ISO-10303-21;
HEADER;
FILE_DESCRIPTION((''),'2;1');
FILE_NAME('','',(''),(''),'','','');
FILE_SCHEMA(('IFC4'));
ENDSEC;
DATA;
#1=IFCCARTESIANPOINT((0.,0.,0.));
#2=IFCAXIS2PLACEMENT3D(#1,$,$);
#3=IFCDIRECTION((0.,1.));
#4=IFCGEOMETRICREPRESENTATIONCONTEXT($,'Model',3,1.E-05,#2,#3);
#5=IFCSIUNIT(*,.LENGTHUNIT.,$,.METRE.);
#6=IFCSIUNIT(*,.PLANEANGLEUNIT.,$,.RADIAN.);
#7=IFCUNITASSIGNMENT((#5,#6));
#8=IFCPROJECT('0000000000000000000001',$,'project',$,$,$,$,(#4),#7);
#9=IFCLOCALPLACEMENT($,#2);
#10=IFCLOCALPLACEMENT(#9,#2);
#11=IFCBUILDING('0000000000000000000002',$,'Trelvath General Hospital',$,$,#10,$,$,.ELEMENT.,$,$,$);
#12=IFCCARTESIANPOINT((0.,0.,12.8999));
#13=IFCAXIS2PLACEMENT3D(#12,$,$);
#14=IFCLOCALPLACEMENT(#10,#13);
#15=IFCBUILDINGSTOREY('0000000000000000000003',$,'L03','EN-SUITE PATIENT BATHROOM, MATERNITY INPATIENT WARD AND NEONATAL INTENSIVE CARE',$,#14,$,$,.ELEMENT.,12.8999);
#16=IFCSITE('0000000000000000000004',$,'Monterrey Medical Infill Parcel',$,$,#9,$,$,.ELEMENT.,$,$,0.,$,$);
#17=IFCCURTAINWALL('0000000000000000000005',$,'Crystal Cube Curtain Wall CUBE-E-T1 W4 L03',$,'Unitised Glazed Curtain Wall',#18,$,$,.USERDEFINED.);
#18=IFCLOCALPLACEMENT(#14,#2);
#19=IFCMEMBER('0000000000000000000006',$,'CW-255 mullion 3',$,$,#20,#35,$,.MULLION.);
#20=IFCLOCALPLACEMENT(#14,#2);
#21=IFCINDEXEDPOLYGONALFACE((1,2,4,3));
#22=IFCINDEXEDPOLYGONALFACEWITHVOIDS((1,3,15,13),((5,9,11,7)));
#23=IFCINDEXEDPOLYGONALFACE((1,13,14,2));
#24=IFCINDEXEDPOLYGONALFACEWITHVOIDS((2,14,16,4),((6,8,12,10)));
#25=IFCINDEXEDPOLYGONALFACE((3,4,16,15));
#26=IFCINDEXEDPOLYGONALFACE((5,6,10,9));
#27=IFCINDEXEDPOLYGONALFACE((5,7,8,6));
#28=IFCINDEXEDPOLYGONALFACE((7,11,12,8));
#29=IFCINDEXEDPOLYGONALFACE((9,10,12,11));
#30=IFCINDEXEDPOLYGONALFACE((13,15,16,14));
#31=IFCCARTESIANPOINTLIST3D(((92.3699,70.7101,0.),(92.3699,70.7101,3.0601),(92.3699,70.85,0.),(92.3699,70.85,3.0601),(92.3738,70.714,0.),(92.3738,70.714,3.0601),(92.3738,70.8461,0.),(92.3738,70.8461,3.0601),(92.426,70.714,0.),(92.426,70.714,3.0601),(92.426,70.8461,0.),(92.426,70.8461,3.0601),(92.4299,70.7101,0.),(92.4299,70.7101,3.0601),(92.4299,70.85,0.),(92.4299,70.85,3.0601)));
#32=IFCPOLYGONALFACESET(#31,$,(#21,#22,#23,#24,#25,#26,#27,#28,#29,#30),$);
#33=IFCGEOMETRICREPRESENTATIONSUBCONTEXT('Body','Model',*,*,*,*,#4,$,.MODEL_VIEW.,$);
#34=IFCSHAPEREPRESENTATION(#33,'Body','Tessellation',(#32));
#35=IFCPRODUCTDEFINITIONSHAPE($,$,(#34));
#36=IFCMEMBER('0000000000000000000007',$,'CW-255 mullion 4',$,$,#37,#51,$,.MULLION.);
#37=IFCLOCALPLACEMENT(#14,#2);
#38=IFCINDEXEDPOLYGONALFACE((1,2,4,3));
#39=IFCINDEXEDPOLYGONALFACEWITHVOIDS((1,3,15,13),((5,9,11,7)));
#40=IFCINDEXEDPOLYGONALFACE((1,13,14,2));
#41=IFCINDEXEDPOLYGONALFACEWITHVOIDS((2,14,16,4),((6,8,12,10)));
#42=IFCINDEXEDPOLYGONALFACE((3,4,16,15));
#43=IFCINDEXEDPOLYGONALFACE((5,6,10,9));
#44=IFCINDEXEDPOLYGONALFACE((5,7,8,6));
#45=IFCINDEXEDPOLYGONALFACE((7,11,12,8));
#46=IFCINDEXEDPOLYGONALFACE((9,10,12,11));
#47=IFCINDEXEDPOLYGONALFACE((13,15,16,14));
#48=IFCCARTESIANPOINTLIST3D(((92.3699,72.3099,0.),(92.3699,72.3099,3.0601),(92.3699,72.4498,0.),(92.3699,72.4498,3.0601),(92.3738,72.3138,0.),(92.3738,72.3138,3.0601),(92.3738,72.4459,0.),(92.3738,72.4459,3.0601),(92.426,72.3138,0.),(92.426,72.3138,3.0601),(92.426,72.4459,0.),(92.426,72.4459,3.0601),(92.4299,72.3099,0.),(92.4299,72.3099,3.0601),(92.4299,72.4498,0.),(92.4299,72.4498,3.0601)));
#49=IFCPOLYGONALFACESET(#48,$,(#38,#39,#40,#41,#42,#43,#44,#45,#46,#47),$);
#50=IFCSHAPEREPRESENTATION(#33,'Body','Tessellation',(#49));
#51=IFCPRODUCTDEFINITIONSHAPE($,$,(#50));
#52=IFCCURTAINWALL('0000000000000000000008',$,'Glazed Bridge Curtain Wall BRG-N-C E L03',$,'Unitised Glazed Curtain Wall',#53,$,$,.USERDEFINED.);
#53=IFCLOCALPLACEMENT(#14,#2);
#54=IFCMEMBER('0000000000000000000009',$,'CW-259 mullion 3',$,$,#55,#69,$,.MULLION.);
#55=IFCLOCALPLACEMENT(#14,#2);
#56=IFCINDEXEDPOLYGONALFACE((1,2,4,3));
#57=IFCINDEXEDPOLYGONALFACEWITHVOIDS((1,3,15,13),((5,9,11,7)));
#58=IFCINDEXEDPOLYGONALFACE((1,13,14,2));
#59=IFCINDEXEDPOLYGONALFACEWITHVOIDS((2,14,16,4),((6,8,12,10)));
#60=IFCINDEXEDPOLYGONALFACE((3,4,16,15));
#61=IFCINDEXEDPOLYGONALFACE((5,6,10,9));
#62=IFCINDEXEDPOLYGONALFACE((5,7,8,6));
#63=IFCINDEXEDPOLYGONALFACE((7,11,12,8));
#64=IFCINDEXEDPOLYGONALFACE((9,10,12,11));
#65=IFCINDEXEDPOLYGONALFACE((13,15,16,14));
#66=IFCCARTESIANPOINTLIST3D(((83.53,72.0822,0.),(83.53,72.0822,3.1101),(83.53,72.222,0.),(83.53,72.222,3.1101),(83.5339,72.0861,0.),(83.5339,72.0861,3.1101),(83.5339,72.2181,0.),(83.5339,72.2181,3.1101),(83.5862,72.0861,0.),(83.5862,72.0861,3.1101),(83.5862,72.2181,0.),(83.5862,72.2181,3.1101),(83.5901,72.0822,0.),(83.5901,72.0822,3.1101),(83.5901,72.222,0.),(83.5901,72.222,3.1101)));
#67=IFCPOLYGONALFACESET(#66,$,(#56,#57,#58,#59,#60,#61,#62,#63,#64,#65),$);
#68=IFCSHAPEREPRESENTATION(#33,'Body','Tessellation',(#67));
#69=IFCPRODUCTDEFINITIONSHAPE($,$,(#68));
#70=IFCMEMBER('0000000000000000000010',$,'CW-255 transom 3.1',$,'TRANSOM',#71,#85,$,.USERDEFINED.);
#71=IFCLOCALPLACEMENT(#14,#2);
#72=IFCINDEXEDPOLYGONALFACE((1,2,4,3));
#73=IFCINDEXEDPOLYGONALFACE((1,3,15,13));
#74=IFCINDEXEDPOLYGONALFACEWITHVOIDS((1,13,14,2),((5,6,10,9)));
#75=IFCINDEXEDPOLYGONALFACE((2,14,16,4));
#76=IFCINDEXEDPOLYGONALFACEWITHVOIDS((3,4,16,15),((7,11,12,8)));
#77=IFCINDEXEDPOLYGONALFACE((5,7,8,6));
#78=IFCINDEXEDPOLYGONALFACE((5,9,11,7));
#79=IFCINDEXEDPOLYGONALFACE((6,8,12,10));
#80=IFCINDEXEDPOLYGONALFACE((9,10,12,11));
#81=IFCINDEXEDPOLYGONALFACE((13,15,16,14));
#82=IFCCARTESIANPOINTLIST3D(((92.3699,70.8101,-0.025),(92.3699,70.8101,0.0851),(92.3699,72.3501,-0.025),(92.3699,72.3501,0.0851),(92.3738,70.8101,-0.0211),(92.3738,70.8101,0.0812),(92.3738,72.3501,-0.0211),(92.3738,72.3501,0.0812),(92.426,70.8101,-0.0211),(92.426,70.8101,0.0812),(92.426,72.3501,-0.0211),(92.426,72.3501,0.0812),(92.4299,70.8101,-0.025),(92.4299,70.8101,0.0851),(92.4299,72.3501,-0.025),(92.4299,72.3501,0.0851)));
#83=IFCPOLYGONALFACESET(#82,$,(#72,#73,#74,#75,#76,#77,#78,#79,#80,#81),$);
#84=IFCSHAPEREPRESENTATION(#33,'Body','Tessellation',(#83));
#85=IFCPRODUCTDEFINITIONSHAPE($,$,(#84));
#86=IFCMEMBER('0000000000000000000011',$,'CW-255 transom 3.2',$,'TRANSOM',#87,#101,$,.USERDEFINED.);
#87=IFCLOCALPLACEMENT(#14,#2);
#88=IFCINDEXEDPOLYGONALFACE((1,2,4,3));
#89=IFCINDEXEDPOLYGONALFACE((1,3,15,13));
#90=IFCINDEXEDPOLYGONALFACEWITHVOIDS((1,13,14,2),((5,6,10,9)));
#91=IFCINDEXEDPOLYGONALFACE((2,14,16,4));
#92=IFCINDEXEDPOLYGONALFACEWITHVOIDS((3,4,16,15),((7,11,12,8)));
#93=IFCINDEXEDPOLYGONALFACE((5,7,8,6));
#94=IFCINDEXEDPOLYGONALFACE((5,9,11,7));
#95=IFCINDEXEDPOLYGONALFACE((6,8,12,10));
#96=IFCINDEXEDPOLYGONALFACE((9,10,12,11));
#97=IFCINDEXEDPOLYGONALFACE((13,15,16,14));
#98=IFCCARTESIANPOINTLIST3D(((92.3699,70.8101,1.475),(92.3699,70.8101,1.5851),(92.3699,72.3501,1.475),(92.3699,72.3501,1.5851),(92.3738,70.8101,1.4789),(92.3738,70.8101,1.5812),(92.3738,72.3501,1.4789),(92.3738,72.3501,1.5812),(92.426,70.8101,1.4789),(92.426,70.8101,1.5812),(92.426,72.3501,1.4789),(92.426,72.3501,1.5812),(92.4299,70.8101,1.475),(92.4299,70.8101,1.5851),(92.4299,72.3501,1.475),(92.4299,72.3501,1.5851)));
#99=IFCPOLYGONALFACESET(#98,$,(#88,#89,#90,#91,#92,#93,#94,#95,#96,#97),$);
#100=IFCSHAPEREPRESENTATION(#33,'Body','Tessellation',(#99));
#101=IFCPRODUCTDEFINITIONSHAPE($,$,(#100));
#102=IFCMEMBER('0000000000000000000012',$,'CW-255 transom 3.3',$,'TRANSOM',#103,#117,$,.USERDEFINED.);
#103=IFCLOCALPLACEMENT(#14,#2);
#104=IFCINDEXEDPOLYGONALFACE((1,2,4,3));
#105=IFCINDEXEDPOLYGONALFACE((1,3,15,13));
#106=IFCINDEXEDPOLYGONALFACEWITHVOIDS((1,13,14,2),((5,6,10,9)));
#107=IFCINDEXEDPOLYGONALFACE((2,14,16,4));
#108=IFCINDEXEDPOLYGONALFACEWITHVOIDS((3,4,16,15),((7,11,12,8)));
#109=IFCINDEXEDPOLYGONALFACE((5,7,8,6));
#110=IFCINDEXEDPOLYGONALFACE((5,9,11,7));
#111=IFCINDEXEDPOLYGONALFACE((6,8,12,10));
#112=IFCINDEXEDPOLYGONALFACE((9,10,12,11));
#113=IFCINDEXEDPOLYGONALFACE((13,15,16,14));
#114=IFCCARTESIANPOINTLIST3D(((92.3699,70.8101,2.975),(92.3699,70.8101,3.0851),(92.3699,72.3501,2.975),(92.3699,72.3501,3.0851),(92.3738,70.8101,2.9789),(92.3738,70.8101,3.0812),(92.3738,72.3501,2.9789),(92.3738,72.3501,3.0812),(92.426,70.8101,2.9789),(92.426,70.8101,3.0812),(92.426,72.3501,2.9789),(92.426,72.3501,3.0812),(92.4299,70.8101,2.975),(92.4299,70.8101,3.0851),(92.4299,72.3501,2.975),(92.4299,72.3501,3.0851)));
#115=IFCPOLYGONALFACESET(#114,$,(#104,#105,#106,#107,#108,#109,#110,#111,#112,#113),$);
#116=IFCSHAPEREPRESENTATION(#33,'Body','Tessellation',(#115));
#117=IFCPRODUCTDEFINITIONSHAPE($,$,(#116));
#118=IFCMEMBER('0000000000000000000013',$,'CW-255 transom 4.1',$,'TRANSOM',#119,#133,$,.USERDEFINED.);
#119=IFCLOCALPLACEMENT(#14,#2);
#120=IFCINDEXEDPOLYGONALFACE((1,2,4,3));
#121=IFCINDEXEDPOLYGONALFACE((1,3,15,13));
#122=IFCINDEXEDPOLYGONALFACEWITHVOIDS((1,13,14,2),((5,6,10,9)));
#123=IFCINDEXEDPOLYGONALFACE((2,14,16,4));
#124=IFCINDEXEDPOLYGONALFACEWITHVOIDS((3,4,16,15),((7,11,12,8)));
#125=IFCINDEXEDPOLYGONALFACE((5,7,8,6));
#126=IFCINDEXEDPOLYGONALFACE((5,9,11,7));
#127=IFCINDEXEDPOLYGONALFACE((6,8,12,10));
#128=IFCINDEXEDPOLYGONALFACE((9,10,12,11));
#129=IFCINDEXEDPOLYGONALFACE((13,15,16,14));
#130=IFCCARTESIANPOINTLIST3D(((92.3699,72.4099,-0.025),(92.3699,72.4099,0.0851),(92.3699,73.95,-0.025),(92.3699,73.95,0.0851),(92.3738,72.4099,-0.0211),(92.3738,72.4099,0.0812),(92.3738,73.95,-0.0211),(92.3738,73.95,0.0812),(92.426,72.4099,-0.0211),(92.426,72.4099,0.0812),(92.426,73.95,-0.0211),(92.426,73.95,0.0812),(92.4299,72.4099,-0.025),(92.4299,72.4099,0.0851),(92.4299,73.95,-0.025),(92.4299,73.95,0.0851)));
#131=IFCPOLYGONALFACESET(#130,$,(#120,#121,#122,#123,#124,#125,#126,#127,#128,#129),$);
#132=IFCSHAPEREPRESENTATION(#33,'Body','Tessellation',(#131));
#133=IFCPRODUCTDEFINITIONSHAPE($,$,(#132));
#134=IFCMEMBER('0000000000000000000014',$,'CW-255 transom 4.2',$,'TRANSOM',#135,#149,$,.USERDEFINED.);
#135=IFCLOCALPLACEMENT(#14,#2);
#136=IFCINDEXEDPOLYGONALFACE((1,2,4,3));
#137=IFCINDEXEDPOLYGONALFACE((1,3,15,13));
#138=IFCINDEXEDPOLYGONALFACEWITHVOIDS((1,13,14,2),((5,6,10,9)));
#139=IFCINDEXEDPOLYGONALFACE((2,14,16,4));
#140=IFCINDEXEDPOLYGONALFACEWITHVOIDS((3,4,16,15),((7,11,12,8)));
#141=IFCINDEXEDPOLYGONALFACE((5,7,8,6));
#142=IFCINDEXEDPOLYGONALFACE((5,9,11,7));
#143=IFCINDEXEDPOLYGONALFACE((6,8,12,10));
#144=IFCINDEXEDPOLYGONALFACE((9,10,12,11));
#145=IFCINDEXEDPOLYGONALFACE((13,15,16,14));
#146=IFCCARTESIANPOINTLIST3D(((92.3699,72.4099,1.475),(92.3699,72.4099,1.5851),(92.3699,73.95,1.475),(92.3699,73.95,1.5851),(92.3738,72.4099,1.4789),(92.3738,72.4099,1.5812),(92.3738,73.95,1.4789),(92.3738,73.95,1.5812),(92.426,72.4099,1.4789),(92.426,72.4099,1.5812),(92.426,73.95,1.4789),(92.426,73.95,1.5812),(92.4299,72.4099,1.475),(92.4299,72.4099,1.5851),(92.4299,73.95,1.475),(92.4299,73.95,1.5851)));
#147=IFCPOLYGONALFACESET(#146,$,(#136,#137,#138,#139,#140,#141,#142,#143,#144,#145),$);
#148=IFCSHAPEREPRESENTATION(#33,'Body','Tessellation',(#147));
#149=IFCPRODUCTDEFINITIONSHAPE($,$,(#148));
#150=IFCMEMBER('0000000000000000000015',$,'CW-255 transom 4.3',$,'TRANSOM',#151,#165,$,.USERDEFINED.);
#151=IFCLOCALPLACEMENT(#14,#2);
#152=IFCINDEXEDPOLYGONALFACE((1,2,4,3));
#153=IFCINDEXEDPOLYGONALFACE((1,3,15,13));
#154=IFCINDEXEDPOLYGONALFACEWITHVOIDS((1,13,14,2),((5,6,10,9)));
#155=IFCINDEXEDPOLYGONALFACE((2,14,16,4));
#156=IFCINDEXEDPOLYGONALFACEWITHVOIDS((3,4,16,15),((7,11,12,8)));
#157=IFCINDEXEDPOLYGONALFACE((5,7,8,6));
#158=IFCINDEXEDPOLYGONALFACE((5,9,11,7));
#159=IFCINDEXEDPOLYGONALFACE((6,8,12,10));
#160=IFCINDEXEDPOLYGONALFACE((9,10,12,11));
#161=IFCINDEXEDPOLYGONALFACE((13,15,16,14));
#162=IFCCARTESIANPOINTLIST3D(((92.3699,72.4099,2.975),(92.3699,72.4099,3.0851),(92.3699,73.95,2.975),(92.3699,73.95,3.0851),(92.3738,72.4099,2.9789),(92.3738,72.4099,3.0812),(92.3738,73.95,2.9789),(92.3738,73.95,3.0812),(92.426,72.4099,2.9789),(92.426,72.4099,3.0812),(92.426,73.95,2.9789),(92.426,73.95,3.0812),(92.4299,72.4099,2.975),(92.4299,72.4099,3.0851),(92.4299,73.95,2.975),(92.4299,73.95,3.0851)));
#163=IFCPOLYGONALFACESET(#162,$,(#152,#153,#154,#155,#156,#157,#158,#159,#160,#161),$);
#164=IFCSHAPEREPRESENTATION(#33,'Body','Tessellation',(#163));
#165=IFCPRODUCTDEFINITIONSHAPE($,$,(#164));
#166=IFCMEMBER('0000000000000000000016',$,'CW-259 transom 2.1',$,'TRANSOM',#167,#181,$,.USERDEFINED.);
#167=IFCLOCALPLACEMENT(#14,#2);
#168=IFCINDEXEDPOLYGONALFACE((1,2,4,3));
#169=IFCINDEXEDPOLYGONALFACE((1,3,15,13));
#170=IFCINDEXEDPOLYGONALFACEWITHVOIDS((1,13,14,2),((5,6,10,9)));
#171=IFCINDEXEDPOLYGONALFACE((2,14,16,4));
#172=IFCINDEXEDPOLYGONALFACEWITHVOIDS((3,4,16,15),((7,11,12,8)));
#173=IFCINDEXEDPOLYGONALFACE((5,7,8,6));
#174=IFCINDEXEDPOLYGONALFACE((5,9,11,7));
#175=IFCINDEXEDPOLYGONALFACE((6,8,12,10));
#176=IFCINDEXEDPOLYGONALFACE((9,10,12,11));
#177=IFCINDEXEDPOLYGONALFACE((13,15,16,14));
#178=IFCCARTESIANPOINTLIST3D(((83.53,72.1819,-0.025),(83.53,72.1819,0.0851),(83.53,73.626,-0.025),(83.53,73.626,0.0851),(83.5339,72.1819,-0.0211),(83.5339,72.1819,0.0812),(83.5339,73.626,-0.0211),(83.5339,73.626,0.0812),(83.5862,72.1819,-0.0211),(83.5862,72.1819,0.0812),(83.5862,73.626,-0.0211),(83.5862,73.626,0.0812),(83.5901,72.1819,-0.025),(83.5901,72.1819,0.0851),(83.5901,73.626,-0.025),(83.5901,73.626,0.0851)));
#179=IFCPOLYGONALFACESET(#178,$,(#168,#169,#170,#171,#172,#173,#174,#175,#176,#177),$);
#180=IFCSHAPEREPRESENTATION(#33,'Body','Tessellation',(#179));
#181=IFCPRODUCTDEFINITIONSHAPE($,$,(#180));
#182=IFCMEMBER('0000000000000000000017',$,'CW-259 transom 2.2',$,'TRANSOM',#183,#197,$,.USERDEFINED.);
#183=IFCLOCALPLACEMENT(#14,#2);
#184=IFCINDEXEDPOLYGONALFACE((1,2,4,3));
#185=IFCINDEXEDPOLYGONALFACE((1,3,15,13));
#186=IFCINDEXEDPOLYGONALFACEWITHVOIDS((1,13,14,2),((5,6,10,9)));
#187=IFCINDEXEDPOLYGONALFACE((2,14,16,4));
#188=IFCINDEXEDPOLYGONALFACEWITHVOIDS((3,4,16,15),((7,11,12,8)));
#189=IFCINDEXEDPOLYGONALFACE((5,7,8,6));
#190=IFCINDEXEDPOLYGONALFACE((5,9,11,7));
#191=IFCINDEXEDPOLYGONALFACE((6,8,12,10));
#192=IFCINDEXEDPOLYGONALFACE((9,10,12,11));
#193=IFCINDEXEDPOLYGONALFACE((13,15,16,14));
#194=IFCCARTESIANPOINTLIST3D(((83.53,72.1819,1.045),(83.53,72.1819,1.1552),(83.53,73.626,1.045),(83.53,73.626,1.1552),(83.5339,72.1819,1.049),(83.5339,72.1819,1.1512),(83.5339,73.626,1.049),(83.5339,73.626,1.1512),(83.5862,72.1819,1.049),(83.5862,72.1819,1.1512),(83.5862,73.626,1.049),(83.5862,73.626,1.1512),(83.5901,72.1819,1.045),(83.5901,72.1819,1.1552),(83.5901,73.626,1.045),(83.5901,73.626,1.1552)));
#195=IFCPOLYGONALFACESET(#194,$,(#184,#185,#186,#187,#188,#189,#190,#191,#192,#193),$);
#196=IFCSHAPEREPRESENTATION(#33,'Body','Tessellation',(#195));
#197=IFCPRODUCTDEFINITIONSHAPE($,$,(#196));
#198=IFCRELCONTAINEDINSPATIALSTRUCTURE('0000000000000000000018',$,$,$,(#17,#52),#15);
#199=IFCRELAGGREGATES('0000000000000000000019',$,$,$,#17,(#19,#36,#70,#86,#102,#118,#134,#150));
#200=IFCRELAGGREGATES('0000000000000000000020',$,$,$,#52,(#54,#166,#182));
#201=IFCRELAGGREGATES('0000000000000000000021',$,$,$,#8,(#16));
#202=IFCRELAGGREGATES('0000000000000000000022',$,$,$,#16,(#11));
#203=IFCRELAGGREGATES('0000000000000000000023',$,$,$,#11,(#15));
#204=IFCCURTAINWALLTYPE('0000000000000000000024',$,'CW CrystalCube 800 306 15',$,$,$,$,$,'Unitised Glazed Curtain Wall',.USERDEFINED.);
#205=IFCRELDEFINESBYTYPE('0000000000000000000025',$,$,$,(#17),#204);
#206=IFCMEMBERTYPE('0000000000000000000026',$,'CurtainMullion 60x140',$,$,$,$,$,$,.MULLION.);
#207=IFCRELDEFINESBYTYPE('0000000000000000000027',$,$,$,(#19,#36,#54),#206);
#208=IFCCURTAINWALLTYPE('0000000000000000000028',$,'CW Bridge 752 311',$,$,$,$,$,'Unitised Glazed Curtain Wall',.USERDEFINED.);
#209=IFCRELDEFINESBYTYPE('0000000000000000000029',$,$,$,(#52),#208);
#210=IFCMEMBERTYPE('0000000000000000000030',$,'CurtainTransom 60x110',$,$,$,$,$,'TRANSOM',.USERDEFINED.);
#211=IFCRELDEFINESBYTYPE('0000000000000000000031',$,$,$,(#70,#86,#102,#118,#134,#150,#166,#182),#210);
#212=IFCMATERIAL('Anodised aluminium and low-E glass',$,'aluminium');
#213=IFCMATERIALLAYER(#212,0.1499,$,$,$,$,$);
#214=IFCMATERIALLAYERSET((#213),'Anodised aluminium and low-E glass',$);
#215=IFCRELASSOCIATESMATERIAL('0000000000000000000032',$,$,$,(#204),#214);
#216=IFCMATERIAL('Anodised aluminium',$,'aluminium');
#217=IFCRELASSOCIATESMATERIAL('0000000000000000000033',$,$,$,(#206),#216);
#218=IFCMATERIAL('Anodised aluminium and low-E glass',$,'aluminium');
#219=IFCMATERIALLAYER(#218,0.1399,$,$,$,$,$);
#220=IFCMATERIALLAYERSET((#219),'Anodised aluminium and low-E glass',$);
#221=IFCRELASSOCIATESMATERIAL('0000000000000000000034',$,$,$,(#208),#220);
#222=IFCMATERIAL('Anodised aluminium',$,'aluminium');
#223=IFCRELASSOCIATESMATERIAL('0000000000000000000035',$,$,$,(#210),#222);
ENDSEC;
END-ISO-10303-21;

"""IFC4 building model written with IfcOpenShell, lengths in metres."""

from ifc_helpers import new_model, si_unit, direction, frame, origin, origin_2d, place, context, subcontext, project, spatial, hollow_rectangle, extrude, material, layer, layer_set, material_profile, profile_set, type_object, element, aggregate, save


model = new_model("IFC4")

# Units and contexts
model_context = context("Model", 3, precision=1e-05, world=origin(), true_north=direction((0.0, 1.0)))
body_context = subcontext(model_context, "Body", "Model", "MODEL_VIEW")
ifc_project = project(units=[si_unit("LENGTHUNIT", "METRE"), si_unit("PLANEANGLEUNIT", "RADIAN")], contexts=[model_context])

# Site, building, storey
site_placement = place(None, origin())
site = spatial("IfcSite", under=ifc_project, at=site_placement, Name="Monterrey Medical Infill Parcel", CompositionType="ELEMENT", RefElevation=0.0)
building_placement = place(site_placement, origin())
building = spatial("IfcBuilding", under=site, at=building_placement, Name="Trelvath General Hospital", CompositionType="ELEMENT")
storey_placement = place(building_placement, frame((0.0, 0.0, 12.8999)))
storey = spatial("IfcBuildingStorey", under=building, at=storey_placement, Name="L03", Description="EN-SUITE PATIENT BATHROOM, MATERNITY INPATIENT WARD AND NEONATAL INTENSIVE CARE", CompositionType="ELEMENT", Elevation=12.8999)

# Curtain wall, members
ifc_material_1 = material(Name="Anodised aluminium and low-E glass", Category="aluminium")
ifc_layer_1 = layer(ifc_material_1, 0.1499)
ifc_layer_set_1 = layer_set([ifc_layer_1], Name="Anodised aluminium and low-E glass")
curtain_wall_type_1 = type_object("IfcCurtainWallType", Name="CW CrystalCube 800 306 15", ElementType="Unitised Glazed Curtain Wall", PredefinedType="USERDEFINED", material=ifc_layer_set_1)
curtain_wall_1_placement = place(storey_placement, origin())
curtain_wall_1 = element("IfcCurtainWall", 1, at=curtain_wall_1_placement, inside=storey, type_object=curtain_wall_type_1, Name="Crystal Cube Curtain Wall CUBE-E-T1 W4 L03", ObjectType="Unitised Glazed Curtain Wall", PredefinedType="USERDEFINED")
ifc_material_2 = material(Name="Anodised aluminium", Category="aluminium")
ifc_material_profile_1 = material_profile(ifc_material_2, hollow_rectangle(XDim=0.0601, YDim=0.1399, WallThickness=0.0039, at=origin_2d()), Name="RHS60x140x4")
ifc_profile_set_1 = profile_set([ifc_material_profile_1], Name="Anodised aluminium")
member_type_1 = type_object("IfcMemberType", Name="CurtainMullion 60x140", PredefinedType="MULLION", material=ifc_profile_set_1)
member_1_placement = place(storey_placement, frame((92.3999, 70.78, 0.0), z_axis=(0.0, 0.0, 1.0), x_axis=(-1.0, 0.0, 0.0)))
member_1 = element("IfcMember", 2, at=member_1_placement, type_object=member_type_1, Name="CW-255 mullion 3", PredefinedType="MULLION", context=body_context, shape_type="SweptSolid", body=[
    extrude(hollow_rectangle(XDim=0.0601, YDim=0.1399, WallThickness=0.0039, at=origin_2d()), origin(), (0.0, 0.0, 1.0), 3.0601),
])
member_2_placement = place(storey_placement, frame((92.3999, 72.3799, 0.0), z_axis=(0.0, 0.0, 1.0), x_axis=(-1.0, 0.0, 0.0)))
member_2 = element("IfcMember", 3, at=member_2_placement, type_object=member_type_1, Name="CW-255 mullion 4", PredefinedType="MULLION", context=body_context, shape_type="SweptSolid", body=[
    extrude(hollow_rectangle(XDim=0.0601, YDim=0.1399, WallThickness=0.0039, at=origin_2d()), origin(), (0.0, 0.0, 1.0), 3.0601),
])

# Curtain wall, member
ifc_material_3 = material(Name="Anodised aluminium and low-E glass", Category="aluminium")
ifc_layer_2 = layer(ifc_material_3, 0.1399)
ifc_layer_set_2 = layer_set([ifc_layer_2], Name="Anodised aluminium and low-E glass")
curtain_wall_type_2 = type_object("IfcCurtainWallType", Name="CW Bridge 752 311", ElementType="Unitised Glazed Curtain Wall", PredefinedType="USERDEFINED", material=ifc_layer_set_2)
curtain_wall_2_placement = place(storey_placement, origin())
curtain_wall_2 = element("IfcCurtainWall", 4, at=curtain_wall_2_placement, inside=storey, type_object=curtain_wall_type_2, Name="Glazed Bridge Curtain Wall BRG-N-C E L03", ObjectType="Unitised Glazed Curtain Wall", PredefinedType="USERDEFINED")
member_3_placement = place(storey_placement, frame((83.5601, 72.1521, 0.0), z_axis=(0.0, 0.0, 1.0), x_axis=(1.0, 0.0, 0.0)))
member_3 = element("IfcMember", 5, at=member_3_placement, type_object=member_type_1, Name="CW-259 mullion 3", PredefinedType="MULLION", context=body_context, shape_type="SweptSolid", body=[
    extrude(hollow_rectangle(XDim=0.0601, YDim=0.1399, WallThickness=0.0039, at=origin_2d()), origin(), (0.0, 0.0, 1.0), 3.1101),
])

# Members
ifc_material_4 = material(Name="Anodised aluminium", Category="aluminium")
ifc_material_profile_2 = material_profile(ifc_material_4, hollow_rectangle(XDim=0.0601, YDim=0.1101, WallThickness=0.0039, at=origin_2d()), Name="RHS60x110x4")
ifc_profile_set_2 = profile_set([ifc_material_profile_2], Name="Anodised aluminium")
member_type_2 = type_object("IfcMemberType", Name="CurtainTransom 60x110", ElementType="TRANSOM", PredefinedType="USERDEFINED", material=ifc_profile_set_2)
member_4_placement = place(storey_placement, frame((92.3999, 70.8101, 0.03), z_axis=(0.0, 1.0, 0.0), x_axis=(-1.0, 0.0, 0.0)))
member_4 = element("IfcMember", 6, at=member_4_placement, type_object=member_type_2, Name="CW-255 transom 3.1", ObjectType="TRANSOM", PredefinedType="USERDEFINED", context=body_context, shape_type="SweptSolid", body=[
    extrude(hollow_rectangle(XDim=0.0601, YDim=0.1101, WallThickness=0.0039, at=origin_2d()), origin(), (0.0, 0.0, 1.0), 1.54),
])
member_5_placement = place(storey_placement, frame((92.3999, 70.8101, 1.53), z_axis=(0.0, 1.0, 0.0), x_axis=(-1.0, 0.0, 0.0)))
member_5 = element("IfcMember", 7, at=member_5_placement, type_object=member_type_2, Name="CW-255 transom 3.2", ObjectType="TRANSOM", PredefinedType="USERDEFINED", context=body_context, shape_type="SweptSolid", body=[
    extrude(hollow_rectangle(XDim=0.0601, YDim=0.1101, WallThickness=0.0039, at=origin_2d()), origin(), (0.0, 0.0, 1.0), 1.54),
])
member_6_placement = place(storey_placement, frame((92.3999, 70.8101, 3.03), z_axis=(0.0, 1.0, 0.0), x_axis=(-1.0, 0.0, 0.0)))
member_6 = element("IfcMember", 8, at=member_6_placement, type_object=member_type_2, Name="CW-255 transom 3.3", ObjectType="TRANSOM", PredefinedType="USERDEFINED", context=body_context, shape_type="SweptSolid", body=[
    extrude(hollow_rectangle(XDim=0.0601, YDim=0.1101, WallThickness=0.0039, at=origin_2d()), origin(), (0.0, 0.0, 1.0), 1.54),
])
member_7_placement = place(storey_placement, frame((92.3999, 72.4099, 0.03), z_axis=(0.0, 1.0, 0.0), x_axis=(-1.0, 0.0, 0.0)))
member_7 = element("IfcMember", 9, at=member_7_placement, type_object=member_type_2, Name="CW-255 transom 4.1", ObjectType="TRANSOM", PredefinedType="USERDEFINED", context=body_context, shape_type="SweptSolid", body=[
    extrude(hollow_rectangle(XDim=0.0601, YDim=0.1101, WallThickness=0.0039, at=origin_2d()), origin(), (0.0, 0.0, 1.0), 1.54),
])
member_8_placement = place(storey_placement, frame((92.3999, 72.4099, 1.53), z_axis=(0.0, 1.0, 0.0), x_axis=(-1.0, 0.0, 0.0)))
member_8 = element("IfcMember", 10, at=member_8_placement, type_object=member_type_2, Name="CW-255 transom 4.2", ObjectType="TRANSOM", PredefinedType="USERDEFINED", context=body_context, shape_type="SweptSolid", body=[
    extrude(hollow_rectangle(XDim=0.0601, YDim=0.1101, WallThickness=0.0039, at=origin_2d()), origin(), (0.0, 0.0, 1.0), 1.54),
])
member_9_placement = place(storey_placement, frame((92.3999, 72.4099, 3.03), z_axis=(0.0, 1.0, 0.0), x_axis=(-1.0, 0.0, 0.0)))
member_9 = element("IfcMember", 11, at=member_9_placement, type_object=member_type_2, Name="CW-255 transom 4.3", ObjectType="TRANSOM", PredefinedType="USERDEFINED", context=body_context, shape_type="SweptSolid", body=[
    extrude(hollow_rectangle(XDim=0.0601, YDim=0.1101, WallThickness=0.0039, at=origin_2d()), origin(), (0.0, 0.0, 1.0), 1.54),
])
member_10_placement = place(storey_placement, frame((83.5601, 73.626, 0.03), z_axis=(0.0, -1.0, 0.0), x_axis=(1.0, 0.0, 0.0)))
member_10 = element("IfcMember", 12, at=member_10_placement, type_object=member_type_2, Name="CW-259 transom 2.1", ObjectType="TRANSOM", PredefinedType="USERDEFINED", context=body_context, shape_type="SweptSolid", body=[
    extrude(hollow_rectangle(XDim=0.0601, YDim=0.1101, WallThickness=0.0039, at=origin_2d()), origin(), (0.0, 0.0, 1.0), 1.4441),
])
member_11_placement = place(storey_placement, frame((83.5601, 73.626, 1.1001), z_axis=(0.0, -1.0, 0.0), x_axis=(1.0, 0.0, 0.0)))
member_11 = element("IfcMember", 13, at=member_11_placement, type_object=member_type_2, Name="CW-259 transom 2.2", ObjectType="TRANSOM", PredefinedType="USERDEFINED", context=body_context, shape_type="SweptSolid", body=[
    extrude(hollow_rectangle(XDim=0.0601, YDim=0.1101, WallThickness=0.0039, at=origin_2d()), origin(), (0.0, 0.0, 1.0), 1.4441),
])

aggregate(curtain_wall_1, [member_1, member_2, member_4, member_5, member_6, member_7, member_8, member_9])
aggregate(curtain_wall_2, [member_3, member_10, member_11])

save(model, "model.ifc")
